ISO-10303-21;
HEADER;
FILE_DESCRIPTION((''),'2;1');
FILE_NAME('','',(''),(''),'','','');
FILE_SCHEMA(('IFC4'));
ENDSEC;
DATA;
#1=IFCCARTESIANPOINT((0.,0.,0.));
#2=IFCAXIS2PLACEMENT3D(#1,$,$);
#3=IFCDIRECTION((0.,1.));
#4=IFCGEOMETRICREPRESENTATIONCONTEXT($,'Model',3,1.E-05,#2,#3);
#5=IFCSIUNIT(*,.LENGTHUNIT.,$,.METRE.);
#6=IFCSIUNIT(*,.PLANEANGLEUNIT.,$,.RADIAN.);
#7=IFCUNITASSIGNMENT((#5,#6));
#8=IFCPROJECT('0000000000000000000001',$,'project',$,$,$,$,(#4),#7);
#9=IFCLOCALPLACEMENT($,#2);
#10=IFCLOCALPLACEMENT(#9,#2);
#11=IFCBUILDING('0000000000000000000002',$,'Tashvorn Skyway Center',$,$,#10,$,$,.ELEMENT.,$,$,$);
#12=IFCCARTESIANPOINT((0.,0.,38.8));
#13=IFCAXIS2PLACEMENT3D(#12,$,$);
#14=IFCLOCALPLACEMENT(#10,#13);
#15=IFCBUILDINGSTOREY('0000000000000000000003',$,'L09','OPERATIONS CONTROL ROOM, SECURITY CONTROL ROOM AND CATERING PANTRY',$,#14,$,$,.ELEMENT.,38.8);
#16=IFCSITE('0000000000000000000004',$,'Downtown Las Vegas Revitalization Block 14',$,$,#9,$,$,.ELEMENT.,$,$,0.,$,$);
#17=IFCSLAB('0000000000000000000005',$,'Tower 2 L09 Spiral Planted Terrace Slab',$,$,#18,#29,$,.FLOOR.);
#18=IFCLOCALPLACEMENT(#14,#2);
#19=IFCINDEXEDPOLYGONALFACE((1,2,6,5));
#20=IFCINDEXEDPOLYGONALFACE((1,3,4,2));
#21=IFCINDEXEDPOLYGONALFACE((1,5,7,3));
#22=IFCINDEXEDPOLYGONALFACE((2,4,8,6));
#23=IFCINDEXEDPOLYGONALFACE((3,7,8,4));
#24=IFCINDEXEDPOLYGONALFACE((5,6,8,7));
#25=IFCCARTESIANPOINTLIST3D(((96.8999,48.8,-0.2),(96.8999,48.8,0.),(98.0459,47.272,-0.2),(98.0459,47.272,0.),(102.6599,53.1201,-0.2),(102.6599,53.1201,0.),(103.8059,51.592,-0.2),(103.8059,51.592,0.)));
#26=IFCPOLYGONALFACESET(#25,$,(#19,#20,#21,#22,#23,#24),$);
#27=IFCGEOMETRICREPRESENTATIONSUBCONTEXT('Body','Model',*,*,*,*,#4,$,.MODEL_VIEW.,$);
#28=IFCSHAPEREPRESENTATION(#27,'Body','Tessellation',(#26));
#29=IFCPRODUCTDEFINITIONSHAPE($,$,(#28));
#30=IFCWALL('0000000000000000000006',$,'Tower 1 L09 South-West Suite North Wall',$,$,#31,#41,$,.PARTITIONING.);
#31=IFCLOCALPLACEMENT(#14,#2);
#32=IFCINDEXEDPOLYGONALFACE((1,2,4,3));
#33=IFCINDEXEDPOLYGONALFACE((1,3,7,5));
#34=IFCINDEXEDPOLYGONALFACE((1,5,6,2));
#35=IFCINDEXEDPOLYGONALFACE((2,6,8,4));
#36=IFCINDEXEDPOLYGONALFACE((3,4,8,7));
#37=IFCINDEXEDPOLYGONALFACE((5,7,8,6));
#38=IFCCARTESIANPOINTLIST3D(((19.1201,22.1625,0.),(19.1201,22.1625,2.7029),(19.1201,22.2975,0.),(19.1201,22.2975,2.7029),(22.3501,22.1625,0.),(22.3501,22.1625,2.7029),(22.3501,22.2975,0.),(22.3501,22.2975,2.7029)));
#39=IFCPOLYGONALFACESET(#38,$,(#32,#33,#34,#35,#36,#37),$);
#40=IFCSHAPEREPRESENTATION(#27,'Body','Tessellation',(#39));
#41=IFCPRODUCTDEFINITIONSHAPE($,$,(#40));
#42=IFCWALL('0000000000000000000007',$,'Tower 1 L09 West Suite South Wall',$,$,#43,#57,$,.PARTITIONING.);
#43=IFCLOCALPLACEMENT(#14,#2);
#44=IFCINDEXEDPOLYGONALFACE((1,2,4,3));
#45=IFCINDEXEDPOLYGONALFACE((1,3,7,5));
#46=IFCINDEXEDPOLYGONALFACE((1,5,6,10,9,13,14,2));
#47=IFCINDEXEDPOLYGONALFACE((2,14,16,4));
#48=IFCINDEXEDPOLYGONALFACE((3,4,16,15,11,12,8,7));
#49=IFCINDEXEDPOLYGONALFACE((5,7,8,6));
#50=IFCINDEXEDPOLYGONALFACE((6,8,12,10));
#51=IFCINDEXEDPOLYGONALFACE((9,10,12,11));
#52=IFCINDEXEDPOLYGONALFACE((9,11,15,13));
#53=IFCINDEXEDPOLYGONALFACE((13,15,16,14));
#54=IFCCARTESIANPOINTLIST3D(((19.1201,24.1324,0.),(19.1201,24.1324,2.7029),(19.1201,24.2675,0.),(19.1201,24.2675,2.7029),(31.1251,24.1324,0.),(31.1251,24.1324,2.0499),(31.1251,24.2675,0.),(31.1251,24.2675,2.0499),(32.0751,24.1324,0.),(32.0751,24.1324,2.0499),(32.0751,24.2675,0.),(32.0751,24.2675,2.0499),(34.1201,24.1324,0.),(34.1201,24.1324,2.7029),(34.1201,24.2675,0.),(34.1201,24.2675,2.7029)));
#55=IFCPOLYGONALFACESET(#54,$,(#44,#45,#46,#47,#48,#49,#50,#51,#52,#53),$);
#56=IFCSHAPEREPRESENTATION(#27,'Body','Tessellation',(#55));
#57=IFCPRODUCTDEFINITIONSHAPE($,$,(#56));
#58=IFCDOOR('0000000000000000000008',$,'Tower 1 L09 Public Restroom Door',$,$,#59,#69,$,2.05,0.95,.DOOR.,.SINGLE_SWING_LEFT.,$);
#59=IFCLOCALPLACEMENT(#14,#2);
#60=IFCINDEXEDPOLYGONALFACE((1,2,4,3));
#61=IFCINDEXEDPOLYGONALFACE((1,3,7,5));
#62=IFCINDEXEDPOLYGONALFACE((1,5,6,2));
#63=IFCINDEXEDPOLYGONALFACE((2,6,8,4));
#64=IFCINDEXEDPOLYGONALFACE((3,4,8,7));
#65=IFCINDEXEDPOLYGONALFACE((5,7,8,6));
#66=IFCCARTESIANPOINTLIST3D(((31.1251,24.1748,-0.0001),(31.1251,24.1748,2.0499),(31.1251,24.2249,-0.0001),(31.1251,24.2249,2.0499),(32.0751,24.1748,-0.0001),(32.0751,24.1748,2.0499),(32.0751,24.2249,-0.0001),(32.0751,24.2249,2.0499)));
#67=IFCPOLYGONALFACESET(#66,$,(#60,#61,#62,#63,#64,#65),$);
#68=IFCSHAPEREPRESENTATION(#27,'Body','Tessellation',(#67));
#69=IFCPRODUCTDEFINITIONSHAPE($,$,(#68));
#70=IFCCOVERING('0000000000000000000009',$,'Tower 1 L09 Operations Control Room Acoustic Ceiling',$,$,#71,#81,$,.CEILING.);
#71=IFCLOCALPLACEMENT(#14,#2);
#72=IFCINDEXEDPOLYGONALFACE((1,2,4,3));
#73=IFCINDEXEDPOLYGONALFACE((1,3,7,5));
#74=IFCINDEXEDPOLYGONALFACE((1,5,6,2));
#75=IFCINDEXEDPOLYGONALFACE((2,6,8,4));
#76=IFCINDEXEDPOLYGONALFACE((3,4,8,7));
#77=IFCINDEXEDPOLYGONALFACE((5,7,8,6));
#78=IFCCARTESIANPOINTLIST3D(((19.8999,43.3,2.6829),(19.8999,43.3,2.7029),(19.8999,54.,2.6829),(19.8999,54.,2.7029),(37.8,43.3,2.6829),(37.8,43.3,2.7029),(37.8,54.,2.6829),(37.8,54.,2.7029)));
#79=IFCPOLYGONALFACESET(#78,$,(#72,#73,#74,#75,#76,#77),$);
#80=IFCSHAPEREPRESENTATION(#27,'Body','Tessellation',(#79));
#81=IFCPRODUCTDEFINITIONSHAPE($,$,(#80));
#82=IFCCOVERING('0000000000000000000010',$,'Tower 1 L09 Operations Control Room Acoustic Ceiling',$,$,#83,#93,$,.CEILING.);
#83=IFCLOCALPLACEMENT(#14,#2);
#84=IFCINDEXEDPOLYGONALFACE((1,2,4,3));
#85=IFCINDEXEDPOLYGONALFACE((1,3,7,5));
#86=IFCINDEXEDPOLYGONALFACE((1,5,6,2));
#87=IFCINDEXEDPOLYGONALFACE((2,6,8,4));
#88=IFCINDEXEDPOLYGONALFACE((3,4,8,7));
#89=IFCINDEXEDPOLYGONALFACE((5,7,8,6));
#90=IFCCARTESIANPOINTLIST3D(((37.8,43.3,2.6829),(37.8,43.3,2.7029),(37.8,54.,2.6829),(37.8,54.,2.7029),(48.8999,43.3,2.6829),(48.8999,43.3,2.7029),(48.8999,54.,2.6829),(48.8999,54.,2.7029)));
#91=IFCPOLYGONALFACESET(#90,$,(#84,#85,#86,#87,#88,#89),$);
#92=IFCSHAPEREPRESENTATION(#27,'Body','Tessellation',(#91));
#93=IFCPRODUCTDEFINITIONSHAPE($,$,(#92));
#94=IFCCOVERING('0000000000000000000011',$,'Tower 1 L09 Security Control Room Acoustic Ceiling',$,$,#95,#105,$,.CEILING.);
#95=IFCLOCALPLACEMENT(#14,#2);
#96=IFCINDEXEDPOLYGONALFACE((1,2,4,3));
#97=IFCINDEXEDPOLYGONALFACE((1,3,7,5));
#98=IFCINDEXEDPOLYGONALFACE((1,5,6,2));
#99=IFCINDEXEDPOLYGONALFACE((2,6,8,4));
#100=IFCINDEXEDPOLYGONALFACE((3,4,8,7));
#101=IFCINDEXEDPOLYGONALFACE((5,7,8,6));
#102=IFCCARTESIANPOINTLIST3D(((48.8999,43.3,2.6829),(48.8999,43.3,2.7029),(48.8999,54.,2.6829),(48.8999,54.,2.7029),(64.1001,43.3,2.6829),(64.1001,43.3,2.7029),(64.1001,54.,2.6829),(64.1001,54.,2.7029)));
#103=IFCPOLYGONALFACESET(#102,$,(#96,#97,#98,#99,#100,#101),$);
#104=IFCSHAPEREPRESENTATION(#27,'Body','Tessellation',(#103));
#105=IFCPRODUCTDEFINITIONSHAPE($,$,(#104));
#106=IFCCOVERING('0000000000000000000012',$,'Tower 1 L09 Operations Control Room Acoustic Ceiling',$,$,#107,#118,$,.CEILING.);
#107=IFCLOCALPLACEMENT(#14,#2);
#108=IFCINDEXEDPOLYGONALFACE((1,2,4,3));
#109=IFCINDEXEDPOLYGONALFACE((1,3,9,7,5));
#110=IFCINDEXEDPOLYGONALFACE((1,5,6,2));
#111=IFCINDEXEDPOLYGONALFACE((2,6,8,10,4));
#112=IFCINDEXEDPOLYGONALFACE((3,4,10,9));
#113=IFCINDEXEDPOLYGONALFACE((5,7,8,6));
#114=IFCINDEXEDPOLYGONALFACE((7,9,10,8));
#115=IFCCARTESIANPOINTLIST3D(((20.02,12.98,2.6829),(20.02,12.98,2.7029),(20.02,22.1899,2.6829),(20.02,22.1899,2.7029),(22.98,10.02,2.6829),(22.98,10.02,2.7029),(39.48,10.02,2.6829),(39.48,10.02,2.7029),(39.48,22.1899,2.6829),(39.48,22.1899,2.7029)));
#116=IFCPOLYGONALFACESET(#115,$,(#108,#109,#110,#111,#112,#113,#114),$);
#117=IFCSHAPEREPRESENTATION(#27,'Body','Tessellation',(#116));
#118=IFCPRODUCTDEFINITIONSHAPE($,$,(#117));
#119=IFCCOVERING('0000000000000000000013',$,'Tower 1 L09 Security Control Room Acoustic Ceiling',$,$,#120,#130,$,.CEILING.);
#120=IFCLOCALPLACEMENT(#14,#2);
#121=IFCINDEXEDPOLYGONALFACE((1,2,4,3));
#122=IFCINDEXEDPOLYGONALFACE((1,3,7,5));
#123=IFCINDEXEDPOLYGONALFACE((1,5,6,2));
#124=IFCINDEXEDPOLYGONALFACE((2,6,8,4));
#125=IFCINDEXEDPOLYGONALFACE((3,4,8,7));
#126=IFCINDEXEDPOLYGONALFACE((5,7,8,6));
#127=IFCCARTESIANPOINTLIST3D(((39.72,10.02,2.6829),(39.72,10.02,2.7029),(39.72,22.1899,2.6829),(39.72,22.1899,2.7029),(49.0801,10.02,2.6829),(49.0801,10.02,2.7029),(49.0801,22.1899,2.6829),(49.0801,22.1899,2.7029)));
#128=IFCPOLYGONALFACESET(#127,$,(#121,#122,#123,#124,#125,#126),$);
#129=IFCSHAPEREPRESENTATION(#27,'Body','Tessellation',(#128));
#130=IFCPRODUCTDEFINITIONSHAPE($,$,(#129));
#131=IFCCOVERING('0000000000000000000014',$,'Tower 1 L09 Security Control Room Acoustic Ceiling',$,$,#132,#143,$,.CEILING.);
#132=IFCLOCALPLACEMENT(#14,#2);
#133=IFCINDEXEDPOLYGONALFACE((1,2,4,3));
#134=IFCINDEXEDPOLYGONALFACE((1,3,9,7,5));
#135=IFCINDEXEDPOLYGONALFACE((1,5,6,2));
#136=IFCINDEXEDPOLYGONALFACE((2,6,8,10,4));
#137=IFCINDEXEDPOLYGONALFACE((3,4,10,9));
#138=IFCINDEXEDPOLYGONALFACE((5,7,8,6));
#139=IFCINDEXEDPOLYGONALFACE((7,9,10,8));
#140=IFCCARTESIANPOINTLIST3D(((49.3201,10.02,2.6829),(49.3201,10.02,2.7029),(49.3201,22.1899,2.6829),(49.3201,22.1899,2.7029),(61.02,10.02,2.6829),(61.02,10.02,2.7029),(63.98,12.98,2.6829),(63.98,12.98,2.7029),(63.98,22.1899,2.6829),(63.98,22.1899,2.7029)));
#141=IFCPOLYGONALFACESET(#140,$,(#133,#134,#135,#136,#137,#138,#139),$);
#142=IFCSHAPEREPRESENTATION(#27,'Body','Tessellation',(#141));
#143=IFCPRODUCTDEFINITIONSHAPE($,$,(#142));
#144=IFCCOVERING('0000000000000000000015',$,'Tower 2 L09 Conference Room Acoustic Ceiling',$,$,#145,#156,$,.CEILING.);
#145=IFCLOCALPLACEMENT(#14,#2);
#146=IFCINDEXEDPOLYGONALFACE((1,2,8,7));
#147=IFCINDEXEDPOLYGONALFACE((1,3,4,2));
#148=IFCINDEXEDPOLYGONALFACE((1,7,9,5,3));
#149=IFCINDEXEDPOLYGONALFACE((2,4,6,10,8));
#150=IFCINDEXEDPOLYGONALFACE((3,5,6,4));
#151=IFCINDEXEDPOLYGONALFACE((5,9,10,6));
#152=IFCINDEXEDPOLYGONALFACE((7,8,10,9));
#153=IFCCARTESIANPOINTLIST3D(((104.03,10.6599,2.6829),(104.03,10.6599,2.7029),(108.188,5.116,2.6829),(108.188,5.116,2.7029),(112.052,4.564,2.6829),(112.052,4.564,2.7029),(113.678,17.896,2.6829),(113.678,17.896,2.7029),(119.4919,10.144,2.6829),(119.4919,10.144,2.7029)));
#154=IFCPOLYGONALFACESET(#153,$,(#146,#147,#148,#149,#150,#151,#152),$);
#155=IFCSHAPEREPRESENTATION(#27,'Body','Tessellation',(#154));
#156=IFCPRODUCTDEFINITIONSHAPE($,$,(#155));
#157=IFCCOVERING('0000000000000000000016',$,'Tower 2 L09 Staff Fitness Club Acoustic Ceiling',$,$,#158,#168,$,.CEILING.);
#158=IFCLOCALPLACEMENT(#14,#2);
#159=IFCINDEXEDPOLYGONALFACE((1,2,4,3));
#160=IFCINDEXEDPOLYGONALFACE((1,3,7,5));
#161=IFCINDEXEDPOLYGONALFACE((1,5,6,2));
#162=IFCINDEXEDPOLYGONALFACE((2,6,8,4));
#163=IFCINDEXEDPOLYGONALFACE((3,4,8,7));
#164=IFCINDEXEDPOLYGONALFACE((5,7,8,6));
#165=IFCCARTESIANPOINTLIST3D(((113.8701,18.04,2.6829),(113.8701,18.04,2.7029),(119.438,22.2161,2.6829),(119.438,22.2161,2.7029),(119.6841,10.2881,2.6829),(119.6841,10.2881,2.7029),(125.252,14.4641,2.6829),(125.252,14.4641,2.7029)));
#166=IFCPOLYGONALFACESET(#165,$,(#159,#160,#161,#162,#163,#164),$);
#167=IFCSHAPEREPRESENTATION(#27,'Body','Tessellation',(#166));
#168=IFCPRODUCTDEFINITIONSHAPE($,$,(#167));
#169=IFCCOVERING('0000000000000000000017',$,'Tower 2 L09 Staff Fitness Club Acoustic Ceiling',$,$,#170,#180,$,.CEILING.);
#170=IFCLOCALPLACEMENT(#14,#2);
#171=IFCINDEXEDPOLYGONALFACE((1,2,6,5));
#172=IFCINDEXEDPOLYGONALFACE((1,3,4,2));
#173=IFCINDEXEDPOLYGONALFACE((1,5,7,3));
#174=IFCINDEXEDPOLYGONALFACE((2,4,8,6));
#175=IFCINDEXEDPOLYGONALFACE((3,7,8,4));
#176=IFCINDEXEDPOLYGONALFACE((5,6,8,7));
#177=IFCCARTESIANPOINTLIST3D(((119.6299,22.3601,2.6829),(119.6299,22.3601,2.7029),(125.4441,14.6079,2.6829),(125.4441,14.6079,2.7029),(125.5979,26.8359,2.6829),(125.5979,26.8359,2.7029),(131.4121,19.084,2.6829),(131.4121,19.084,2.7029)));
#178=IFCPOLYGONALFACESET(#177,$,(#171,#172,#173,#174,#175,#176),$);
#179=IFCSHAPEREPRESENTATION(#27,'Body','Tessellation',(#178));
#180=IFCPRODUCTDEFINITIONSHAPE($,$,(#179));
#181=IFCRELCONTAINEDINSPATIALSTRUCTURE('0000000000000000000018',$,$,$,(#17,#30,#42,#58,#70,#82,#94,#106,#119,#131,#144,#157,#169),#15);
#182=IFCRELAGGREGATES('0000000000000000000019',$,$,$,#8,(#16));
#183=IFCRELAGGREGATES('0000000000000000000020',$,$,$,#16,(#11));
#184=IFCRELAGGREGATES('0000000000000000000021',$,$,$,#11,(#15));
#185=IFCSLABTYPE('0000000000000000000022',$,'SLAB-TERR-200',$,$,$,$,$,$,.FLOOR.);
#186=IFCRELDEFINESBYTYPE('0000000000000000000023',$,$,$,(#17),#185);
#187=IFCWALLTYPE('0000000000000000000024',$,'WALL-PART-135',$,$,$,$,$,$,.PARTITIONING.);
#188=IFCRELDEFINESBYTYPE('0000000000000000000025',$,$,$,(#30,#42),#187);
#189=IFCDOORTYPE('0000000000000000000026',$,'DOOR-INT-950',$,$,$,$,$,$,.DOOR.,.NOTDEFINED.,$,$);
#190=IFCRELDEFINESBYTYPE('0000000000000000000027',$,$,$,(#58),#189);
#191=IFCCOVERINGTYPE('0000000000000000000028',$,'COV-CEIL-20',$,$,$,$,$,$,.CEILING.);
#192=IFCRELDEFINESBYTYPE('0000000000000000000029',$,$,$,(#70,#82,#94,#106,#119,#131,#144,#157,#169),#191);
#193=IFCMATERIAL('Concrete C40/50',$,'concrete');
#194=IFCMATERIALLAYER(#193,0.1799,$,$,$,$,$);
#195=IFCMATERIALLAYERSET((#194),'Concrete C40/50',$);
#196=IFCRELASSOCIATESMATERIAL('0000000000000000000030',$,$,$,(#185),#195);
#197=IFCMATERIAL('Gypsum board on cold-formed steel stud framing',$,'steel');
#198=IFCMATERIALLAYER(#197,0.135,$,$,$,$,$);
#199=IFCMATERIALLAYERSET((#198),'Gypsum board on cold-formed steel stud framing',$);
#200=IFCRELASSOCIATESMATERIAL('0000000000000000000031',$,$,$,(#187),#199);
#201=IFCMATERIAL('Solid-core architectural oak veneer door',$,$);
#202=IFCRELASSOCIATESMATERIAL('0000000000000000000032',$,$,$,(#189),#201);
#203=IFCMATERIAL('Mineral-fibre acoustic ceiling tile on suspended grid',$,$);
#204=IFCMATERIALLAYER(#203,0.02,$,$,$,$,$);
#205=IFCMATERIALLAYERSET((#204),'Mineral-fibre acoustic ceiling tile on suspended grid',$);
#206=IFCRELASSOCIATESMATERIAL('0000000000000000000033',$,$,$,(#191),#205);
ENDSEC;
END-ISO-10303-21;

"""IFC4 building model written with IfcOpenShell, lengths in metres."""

from ifc_helpers import new_model, si_unit, direction, frame, frame_2d, origin, place, context, subcontext, project, spatial, polyline, rectangle, outline, extrude, material, layer, layer_set, type_object, element, fill, save


model = new_model("IFC4")

# Units and contexts
model_context = context("Model", 3, precision=1e-05, world=origin(), true_north=direction((0.0, 1.0)))
body_context = subcontext(model_context, "Body", "Model", "MODEL_VIEW")
ifc_project = project(units=[si_unit("LENGTHUNIT", "METRE"), si_unit("PLANEANGLEUNIT", "RADIAN")], contexts=[model_context])

# Site, building, storey
site_placement = place(None, origin())
site = spatial("IfcSite", under=ifc_project, at=site_placement, Name="Downtown Las Vegas Revitalization Block 14", CompositionType="ELEMENT", RefElevation=0.0)
building_placement = place(site_placement, origin())
building = spatial("IfcBuilding", under=site, at=building_placement, Name="Tashvorn Skyway Center", CompositionType="ELEMENT")
storey_placement = place(building_placement, frame((0.0, 0.0, 38.8)))
storey = spatial("IfcBuildingStorey", under=building, at=storey_placement, Name="L09", Description="OPERATIONS CONTROL ROOM, SECURITY CONTROL ROOM AND CATERING PANTRY", CompositionType="ELEMENT", Elevation=38.8)

# Shared definitions
ifc_material_1 = material(Name="Concrete C40/50", Category="concrete")

# Slab
ifc_layer_1 = layer(ifc_material_1, 0.1799)
ifc_layer_set_1 = layer_set([ifc_layer_1], Name="Concrete C40/50")
slab_type_1 = type_object("IfcSlabType", Name="SLAB-TERR-200", PredefinedType="FLOOR", material=ifc_layer_set_1)
slab_1_placement = place(storey_placement, frame((0.0, 0.0, -0.2)))
element("IfcSlab", 1, at=slab_1_placement, inside=storey, type_object=slab_type_1, Name="Tower 2 L09 Spiral Planted Terrace Slab", PredefinedType="FLOOR", context=body_context, shape_type="SweptSolid", body=[
    extrude(outline(polyline([(98.0459, 47.272), (103.8059, 51.592), (102.6599, 53.1201), (96.8999, 48.8), (98.0459, 47.272)])), origin(), (0.0, 0.0, 1.0), 0.2),
])

# Wall
ifc_material_2 = material(Name="Gypsum board on cold-formed steel stud framing", Category="steel")
ifc_layer_2 = layer(ifc_material_2, 0.135)
ifc_layer_set_2 = layer_set([ifc_layer_2], Name="Gypsum board on cold-formed steel stud framing")
wall_type = type_object("IfcWallType", Name="WALL-PART-135", PredefinedType="PARTITIONING", material=ifc_layer_set_2)
wall_1_placement = place(storey_placement, frame((19.1201, 22.23, 0.0), z_axis=(0.0, 0.0, 1.0), x_axis=(1.0, 0.0, 0.0)))
element("IfcWall", 2, at=wall_1_placement, inside=storey, type_object=wall_type, Name="Tower 1 L09 South-West Suite North Wall", PredefinedType="PARTITIONING", context=body_context, shape_type="SweptSolid", body=[
    extrude(rectangle(XDim=3.23, YDim=0.135, at=frame_2d((1.615, 0.0))), origin(), (0.0, 0.0, 1.0), 2.7029),
])

# Wall, opening, door
wall_2_placement = place(storey_placement, frame((19.1201, 24.2, 0.0), z_axis=(0.0, 0.0, 1.0), x_axis=(1.0, 0.0, 0.0)))
wall_2 = element("IfcWall", 3, at=wall_2_placement, inside=storey, type_object=wall_type, Name="Tower 1 L09 West Suite South Wall", PredefinedType="PARTITIONING", context=body_context, shape_type="SweptSolid", body=[
    extrude(rectangle(XDim=15.0, YDim=0.135, at=frame_2d((7.5, 0.0))), origin(), (0.0, 0.0, 1.0), 2.7029),
])
opening_placement = place(wall_2_placement, frame((12.0049, 0.0, 0.0)))
opening = element("IfcOpeningElement", 4, at=opening_placement, cuts=wall_2, PredefinedType="OPENING", context=body_context, shape_type="SweptSolid", body=[
    extrude(rectangle(XDim=0.95, YDim=2.05, at=frame_2d((0.4751, 1.0249))), frame((0.0, 0.0774, 0.0), z_axis=(0.0, -1.0, 0.0), x_axis=(1.0, 0.0, 0.0)), (0.0, 0.0, 1.0), 0.155),
])
ifc_material_3 = material(Name="Solid-core architectural oak veneer door")
door_type = type_object("IfcDoorType", Name="DOOR-INT-950", OperationType="NOTDEFINED", PredefinedType="DOOR", material=ifc_material_3)
door_placement = place(opening_placement, origin())
door = element("IfcDoor", 5, at=door_placement, inside=storey, type_object=door_type, Name="Tower 1 L09 Public Restroom Door", OperationType="SINGLE_SWING_LEFT", OverallHeight=2.05, OverallWidth=0.95, PredefinedType="DOOR", context=body_context, shape_type="SweptSolid", body=[
    extrude(rectangle(XDim=0.95, YDim=2.05, at=frame_2d((0.4751, 1.0249))), frame((0.0, 0.0249, 0.0), z_axis=(0.0, -1.0, 0.0), x_axis=(1.0, 0.0, 0.0)), (0.0, 0.0, 1.0), 0.05),
])
fill(opening, door)

# Coverings
ifc_material_4 = material(Name="Mineral-fibre acoustic ceiling tile on suspended grid")
ifc_layer_3 = layer(ifc_material_4, 0.02)
ifc_layer_set_3 = layer_set([ifc_layer_3], Name="Mineral-fibre acoustic ceiling tile on suspended grid")
covering_type_1 = type_object("IfcCoveringType", Name="COV-CEIL-20", PredefinedType="CEILING", material=ifc_layer_set_3)
covering_1_placement = place(storey_placement, frame((0.0, 0.0, 2.6829)))
element("IfcCovering", 6, at=covering_1_placement, inside=storey, type_object=covering_type_1, Name="Tower 1 L09 Operations Control Room Acoustic Ceiling", PredefinedType="CEILING", context=body_context, shape_type="SweptSolid", body=[
    extrude(outline(polyline([(19.8999, 43.3), (37.8, 43.3), (37.8, 54.0), (19.8999, 54.0), (19.8999, 43.3)])), origin(), (0.0, 0.0, 1.0), 0.02),
])
covering_2_placement = place(storey_placement, frame((0.0, 0.0, 2.6829)))
element("IfcCovering", 7, at=covering_2_placement, inside=storey, type_object=covering_type_1, Name="Tower 1 L09 Operations Control Room Acoustic Ceiling", PredefinedType="CEILING", context=body_context, shape_type="SweptSolid", body=[
    extrude(outline(polyline([(37.8, 43.3), (48.8999, 43.3), (48.8999, 54.0), (37.8, 54.0), (37.8, 43.3)])), origin(), (0.0, 0.0, 1.0), 0.02),
])
covering_3_placement = place(storey_placement, frame((0.0, 0.0, 2.6829)))
element("IfcCovering", 8, at=covering_3_placement, inside=storey, type_object=covering_type_1, Name="Tower 1 L09 Security Control Room Acoustic Ceiling", PredefinedType="CEILING", context=body_context, shape_type="SweptSolid", body=[
    extrude(outline(polyline([(48.8999, 43.3), (64.1001, 43.3), (64.1001, 54.0), (48.8999, 54.0), (48.8999, 43.3)])), origin(), (0.0, 0.0, 1.0), 0.02),
])
covering_4_placement = place(storey_placement, frame((0.0, 0.0, 2.6829)))
element("IfcCovering", 9, at=covering_4_placement, inside=storey, type_object=covering_type_1, Name="Tower 1 L09 Operations Control Room Acoustic Ceiling", PredefinedType="CEILING", context=body_context, shape_type="SweptSolid", body=[
    extrude(outline(polyline([(20.02, 22.1899), (39.48, 22.1899), (39.48, 10.02), (22.98, 10.02), (20.02, 12.98), (20.02, 22.1899)])), origin(), (0.0, 0.0, 1.0), 0.02),
])
covering_5_placement = place(storey_placement, frame((0.0, 0.0, 2.6829)))
element("IfcCovering", 10, at=covering_5_placement, inside=storey, type_object=covering_type_1, Name="Tower 1 L09 Security Control Room Acoustic Ceiling", PredefinedType="CEILING", context=body_context, shape_type="SweptSolid", body=[
    extrude(outline(polyline([(39.72, 22.1899), (49.0801, 22.1899), (49.0801, 10.02), (39.72, 10.02), (39.72, 22.1899)])), origin(), (0.0, 0.0, 1.0), 0.02),
])
covering_6_placement = place(storey_placement, frame((0.0, 0.0, 2.6829)))
element("IfcCovering", 11, at=covering_6_placement, inside=storey, type_object=covering_type_1, Name="Tower 1 L09 Security Control Room Acoustic Ceiling", PredefinedType="CEILING", context=body_context, shape_type="SweptSolid", body=[
    extrude(outline(polyline([(49.3201, 10.02), (49.3201, 22.1899), (63.98, 22.1899), (63.98, 12.98), (61.02, 10.02), (49.3201, 10.02)])), origin(), (0.0, 0.0, 1.0), 0.02),
])
covering_7_placement = place(storey_placement, frame((0.0, 0.0, 2.6829)))
element("IfcCovering", 12, at=covering_7_placement, inside=storey, type_object=covering_type_1, Name="Tower 2 L09 Conference Room Acoustic Ceiling", PredefinedType="CEILING", context=body_context, shape_type="SweptSolid", body=[
    extrude(outline(polyline([(104.03, 10.6599), (113.678, 17.896), (119.4919, 10.144), (112.052, 4.564), (108.188, 5.116), (104.03, 10.6599)])), origin(), (0.0, 0.0, 1.0), 0.02),
])
covering_8_placement = place(storey_placement, frame((0.0, 0.0, 2.6829)))
element("IfcCovering", 13, at=covering_8_placement, inside=storey, type_object=covering_type_1, Name="Tower 2 L09 Staff Fitness Club Acoustic Ceiling", PredefinedType="CEILING", context=body_context, shape_type="SweptSolid", body=[
    extrude(outline(polyline([(113.8701, 18.04), (119.438, 22.2161), (125.252, 14.4641), (119.6841, 10.2881), (113.8701, 18.04)])), origin(), (0.0, 0.0, 1.0), 0.02),
])
covering_9_placement = place(storey_placement, frame((0.0, 0.0, 2.6829)))
element("IfcCovering", 14, at=covering_9_placement, inside=storey, type_object=covering_type_1, Name="Tower 2 L09 Staff Fitness Club Acoustic Ceiling", PredefinedType="CEILING", context=body_context, shape_type="SweptSolid", body=[
    extrude(outline(polyline([(119.6299, 22.3601), (125.5979, 26.8359), (131.4121, 19.084), (125.4441, 14.6079), (119.6299, 22.3601)])), origin(), (0.0, 0.0, 1.0), 0.02),
])

save(model, "model.ifc")
